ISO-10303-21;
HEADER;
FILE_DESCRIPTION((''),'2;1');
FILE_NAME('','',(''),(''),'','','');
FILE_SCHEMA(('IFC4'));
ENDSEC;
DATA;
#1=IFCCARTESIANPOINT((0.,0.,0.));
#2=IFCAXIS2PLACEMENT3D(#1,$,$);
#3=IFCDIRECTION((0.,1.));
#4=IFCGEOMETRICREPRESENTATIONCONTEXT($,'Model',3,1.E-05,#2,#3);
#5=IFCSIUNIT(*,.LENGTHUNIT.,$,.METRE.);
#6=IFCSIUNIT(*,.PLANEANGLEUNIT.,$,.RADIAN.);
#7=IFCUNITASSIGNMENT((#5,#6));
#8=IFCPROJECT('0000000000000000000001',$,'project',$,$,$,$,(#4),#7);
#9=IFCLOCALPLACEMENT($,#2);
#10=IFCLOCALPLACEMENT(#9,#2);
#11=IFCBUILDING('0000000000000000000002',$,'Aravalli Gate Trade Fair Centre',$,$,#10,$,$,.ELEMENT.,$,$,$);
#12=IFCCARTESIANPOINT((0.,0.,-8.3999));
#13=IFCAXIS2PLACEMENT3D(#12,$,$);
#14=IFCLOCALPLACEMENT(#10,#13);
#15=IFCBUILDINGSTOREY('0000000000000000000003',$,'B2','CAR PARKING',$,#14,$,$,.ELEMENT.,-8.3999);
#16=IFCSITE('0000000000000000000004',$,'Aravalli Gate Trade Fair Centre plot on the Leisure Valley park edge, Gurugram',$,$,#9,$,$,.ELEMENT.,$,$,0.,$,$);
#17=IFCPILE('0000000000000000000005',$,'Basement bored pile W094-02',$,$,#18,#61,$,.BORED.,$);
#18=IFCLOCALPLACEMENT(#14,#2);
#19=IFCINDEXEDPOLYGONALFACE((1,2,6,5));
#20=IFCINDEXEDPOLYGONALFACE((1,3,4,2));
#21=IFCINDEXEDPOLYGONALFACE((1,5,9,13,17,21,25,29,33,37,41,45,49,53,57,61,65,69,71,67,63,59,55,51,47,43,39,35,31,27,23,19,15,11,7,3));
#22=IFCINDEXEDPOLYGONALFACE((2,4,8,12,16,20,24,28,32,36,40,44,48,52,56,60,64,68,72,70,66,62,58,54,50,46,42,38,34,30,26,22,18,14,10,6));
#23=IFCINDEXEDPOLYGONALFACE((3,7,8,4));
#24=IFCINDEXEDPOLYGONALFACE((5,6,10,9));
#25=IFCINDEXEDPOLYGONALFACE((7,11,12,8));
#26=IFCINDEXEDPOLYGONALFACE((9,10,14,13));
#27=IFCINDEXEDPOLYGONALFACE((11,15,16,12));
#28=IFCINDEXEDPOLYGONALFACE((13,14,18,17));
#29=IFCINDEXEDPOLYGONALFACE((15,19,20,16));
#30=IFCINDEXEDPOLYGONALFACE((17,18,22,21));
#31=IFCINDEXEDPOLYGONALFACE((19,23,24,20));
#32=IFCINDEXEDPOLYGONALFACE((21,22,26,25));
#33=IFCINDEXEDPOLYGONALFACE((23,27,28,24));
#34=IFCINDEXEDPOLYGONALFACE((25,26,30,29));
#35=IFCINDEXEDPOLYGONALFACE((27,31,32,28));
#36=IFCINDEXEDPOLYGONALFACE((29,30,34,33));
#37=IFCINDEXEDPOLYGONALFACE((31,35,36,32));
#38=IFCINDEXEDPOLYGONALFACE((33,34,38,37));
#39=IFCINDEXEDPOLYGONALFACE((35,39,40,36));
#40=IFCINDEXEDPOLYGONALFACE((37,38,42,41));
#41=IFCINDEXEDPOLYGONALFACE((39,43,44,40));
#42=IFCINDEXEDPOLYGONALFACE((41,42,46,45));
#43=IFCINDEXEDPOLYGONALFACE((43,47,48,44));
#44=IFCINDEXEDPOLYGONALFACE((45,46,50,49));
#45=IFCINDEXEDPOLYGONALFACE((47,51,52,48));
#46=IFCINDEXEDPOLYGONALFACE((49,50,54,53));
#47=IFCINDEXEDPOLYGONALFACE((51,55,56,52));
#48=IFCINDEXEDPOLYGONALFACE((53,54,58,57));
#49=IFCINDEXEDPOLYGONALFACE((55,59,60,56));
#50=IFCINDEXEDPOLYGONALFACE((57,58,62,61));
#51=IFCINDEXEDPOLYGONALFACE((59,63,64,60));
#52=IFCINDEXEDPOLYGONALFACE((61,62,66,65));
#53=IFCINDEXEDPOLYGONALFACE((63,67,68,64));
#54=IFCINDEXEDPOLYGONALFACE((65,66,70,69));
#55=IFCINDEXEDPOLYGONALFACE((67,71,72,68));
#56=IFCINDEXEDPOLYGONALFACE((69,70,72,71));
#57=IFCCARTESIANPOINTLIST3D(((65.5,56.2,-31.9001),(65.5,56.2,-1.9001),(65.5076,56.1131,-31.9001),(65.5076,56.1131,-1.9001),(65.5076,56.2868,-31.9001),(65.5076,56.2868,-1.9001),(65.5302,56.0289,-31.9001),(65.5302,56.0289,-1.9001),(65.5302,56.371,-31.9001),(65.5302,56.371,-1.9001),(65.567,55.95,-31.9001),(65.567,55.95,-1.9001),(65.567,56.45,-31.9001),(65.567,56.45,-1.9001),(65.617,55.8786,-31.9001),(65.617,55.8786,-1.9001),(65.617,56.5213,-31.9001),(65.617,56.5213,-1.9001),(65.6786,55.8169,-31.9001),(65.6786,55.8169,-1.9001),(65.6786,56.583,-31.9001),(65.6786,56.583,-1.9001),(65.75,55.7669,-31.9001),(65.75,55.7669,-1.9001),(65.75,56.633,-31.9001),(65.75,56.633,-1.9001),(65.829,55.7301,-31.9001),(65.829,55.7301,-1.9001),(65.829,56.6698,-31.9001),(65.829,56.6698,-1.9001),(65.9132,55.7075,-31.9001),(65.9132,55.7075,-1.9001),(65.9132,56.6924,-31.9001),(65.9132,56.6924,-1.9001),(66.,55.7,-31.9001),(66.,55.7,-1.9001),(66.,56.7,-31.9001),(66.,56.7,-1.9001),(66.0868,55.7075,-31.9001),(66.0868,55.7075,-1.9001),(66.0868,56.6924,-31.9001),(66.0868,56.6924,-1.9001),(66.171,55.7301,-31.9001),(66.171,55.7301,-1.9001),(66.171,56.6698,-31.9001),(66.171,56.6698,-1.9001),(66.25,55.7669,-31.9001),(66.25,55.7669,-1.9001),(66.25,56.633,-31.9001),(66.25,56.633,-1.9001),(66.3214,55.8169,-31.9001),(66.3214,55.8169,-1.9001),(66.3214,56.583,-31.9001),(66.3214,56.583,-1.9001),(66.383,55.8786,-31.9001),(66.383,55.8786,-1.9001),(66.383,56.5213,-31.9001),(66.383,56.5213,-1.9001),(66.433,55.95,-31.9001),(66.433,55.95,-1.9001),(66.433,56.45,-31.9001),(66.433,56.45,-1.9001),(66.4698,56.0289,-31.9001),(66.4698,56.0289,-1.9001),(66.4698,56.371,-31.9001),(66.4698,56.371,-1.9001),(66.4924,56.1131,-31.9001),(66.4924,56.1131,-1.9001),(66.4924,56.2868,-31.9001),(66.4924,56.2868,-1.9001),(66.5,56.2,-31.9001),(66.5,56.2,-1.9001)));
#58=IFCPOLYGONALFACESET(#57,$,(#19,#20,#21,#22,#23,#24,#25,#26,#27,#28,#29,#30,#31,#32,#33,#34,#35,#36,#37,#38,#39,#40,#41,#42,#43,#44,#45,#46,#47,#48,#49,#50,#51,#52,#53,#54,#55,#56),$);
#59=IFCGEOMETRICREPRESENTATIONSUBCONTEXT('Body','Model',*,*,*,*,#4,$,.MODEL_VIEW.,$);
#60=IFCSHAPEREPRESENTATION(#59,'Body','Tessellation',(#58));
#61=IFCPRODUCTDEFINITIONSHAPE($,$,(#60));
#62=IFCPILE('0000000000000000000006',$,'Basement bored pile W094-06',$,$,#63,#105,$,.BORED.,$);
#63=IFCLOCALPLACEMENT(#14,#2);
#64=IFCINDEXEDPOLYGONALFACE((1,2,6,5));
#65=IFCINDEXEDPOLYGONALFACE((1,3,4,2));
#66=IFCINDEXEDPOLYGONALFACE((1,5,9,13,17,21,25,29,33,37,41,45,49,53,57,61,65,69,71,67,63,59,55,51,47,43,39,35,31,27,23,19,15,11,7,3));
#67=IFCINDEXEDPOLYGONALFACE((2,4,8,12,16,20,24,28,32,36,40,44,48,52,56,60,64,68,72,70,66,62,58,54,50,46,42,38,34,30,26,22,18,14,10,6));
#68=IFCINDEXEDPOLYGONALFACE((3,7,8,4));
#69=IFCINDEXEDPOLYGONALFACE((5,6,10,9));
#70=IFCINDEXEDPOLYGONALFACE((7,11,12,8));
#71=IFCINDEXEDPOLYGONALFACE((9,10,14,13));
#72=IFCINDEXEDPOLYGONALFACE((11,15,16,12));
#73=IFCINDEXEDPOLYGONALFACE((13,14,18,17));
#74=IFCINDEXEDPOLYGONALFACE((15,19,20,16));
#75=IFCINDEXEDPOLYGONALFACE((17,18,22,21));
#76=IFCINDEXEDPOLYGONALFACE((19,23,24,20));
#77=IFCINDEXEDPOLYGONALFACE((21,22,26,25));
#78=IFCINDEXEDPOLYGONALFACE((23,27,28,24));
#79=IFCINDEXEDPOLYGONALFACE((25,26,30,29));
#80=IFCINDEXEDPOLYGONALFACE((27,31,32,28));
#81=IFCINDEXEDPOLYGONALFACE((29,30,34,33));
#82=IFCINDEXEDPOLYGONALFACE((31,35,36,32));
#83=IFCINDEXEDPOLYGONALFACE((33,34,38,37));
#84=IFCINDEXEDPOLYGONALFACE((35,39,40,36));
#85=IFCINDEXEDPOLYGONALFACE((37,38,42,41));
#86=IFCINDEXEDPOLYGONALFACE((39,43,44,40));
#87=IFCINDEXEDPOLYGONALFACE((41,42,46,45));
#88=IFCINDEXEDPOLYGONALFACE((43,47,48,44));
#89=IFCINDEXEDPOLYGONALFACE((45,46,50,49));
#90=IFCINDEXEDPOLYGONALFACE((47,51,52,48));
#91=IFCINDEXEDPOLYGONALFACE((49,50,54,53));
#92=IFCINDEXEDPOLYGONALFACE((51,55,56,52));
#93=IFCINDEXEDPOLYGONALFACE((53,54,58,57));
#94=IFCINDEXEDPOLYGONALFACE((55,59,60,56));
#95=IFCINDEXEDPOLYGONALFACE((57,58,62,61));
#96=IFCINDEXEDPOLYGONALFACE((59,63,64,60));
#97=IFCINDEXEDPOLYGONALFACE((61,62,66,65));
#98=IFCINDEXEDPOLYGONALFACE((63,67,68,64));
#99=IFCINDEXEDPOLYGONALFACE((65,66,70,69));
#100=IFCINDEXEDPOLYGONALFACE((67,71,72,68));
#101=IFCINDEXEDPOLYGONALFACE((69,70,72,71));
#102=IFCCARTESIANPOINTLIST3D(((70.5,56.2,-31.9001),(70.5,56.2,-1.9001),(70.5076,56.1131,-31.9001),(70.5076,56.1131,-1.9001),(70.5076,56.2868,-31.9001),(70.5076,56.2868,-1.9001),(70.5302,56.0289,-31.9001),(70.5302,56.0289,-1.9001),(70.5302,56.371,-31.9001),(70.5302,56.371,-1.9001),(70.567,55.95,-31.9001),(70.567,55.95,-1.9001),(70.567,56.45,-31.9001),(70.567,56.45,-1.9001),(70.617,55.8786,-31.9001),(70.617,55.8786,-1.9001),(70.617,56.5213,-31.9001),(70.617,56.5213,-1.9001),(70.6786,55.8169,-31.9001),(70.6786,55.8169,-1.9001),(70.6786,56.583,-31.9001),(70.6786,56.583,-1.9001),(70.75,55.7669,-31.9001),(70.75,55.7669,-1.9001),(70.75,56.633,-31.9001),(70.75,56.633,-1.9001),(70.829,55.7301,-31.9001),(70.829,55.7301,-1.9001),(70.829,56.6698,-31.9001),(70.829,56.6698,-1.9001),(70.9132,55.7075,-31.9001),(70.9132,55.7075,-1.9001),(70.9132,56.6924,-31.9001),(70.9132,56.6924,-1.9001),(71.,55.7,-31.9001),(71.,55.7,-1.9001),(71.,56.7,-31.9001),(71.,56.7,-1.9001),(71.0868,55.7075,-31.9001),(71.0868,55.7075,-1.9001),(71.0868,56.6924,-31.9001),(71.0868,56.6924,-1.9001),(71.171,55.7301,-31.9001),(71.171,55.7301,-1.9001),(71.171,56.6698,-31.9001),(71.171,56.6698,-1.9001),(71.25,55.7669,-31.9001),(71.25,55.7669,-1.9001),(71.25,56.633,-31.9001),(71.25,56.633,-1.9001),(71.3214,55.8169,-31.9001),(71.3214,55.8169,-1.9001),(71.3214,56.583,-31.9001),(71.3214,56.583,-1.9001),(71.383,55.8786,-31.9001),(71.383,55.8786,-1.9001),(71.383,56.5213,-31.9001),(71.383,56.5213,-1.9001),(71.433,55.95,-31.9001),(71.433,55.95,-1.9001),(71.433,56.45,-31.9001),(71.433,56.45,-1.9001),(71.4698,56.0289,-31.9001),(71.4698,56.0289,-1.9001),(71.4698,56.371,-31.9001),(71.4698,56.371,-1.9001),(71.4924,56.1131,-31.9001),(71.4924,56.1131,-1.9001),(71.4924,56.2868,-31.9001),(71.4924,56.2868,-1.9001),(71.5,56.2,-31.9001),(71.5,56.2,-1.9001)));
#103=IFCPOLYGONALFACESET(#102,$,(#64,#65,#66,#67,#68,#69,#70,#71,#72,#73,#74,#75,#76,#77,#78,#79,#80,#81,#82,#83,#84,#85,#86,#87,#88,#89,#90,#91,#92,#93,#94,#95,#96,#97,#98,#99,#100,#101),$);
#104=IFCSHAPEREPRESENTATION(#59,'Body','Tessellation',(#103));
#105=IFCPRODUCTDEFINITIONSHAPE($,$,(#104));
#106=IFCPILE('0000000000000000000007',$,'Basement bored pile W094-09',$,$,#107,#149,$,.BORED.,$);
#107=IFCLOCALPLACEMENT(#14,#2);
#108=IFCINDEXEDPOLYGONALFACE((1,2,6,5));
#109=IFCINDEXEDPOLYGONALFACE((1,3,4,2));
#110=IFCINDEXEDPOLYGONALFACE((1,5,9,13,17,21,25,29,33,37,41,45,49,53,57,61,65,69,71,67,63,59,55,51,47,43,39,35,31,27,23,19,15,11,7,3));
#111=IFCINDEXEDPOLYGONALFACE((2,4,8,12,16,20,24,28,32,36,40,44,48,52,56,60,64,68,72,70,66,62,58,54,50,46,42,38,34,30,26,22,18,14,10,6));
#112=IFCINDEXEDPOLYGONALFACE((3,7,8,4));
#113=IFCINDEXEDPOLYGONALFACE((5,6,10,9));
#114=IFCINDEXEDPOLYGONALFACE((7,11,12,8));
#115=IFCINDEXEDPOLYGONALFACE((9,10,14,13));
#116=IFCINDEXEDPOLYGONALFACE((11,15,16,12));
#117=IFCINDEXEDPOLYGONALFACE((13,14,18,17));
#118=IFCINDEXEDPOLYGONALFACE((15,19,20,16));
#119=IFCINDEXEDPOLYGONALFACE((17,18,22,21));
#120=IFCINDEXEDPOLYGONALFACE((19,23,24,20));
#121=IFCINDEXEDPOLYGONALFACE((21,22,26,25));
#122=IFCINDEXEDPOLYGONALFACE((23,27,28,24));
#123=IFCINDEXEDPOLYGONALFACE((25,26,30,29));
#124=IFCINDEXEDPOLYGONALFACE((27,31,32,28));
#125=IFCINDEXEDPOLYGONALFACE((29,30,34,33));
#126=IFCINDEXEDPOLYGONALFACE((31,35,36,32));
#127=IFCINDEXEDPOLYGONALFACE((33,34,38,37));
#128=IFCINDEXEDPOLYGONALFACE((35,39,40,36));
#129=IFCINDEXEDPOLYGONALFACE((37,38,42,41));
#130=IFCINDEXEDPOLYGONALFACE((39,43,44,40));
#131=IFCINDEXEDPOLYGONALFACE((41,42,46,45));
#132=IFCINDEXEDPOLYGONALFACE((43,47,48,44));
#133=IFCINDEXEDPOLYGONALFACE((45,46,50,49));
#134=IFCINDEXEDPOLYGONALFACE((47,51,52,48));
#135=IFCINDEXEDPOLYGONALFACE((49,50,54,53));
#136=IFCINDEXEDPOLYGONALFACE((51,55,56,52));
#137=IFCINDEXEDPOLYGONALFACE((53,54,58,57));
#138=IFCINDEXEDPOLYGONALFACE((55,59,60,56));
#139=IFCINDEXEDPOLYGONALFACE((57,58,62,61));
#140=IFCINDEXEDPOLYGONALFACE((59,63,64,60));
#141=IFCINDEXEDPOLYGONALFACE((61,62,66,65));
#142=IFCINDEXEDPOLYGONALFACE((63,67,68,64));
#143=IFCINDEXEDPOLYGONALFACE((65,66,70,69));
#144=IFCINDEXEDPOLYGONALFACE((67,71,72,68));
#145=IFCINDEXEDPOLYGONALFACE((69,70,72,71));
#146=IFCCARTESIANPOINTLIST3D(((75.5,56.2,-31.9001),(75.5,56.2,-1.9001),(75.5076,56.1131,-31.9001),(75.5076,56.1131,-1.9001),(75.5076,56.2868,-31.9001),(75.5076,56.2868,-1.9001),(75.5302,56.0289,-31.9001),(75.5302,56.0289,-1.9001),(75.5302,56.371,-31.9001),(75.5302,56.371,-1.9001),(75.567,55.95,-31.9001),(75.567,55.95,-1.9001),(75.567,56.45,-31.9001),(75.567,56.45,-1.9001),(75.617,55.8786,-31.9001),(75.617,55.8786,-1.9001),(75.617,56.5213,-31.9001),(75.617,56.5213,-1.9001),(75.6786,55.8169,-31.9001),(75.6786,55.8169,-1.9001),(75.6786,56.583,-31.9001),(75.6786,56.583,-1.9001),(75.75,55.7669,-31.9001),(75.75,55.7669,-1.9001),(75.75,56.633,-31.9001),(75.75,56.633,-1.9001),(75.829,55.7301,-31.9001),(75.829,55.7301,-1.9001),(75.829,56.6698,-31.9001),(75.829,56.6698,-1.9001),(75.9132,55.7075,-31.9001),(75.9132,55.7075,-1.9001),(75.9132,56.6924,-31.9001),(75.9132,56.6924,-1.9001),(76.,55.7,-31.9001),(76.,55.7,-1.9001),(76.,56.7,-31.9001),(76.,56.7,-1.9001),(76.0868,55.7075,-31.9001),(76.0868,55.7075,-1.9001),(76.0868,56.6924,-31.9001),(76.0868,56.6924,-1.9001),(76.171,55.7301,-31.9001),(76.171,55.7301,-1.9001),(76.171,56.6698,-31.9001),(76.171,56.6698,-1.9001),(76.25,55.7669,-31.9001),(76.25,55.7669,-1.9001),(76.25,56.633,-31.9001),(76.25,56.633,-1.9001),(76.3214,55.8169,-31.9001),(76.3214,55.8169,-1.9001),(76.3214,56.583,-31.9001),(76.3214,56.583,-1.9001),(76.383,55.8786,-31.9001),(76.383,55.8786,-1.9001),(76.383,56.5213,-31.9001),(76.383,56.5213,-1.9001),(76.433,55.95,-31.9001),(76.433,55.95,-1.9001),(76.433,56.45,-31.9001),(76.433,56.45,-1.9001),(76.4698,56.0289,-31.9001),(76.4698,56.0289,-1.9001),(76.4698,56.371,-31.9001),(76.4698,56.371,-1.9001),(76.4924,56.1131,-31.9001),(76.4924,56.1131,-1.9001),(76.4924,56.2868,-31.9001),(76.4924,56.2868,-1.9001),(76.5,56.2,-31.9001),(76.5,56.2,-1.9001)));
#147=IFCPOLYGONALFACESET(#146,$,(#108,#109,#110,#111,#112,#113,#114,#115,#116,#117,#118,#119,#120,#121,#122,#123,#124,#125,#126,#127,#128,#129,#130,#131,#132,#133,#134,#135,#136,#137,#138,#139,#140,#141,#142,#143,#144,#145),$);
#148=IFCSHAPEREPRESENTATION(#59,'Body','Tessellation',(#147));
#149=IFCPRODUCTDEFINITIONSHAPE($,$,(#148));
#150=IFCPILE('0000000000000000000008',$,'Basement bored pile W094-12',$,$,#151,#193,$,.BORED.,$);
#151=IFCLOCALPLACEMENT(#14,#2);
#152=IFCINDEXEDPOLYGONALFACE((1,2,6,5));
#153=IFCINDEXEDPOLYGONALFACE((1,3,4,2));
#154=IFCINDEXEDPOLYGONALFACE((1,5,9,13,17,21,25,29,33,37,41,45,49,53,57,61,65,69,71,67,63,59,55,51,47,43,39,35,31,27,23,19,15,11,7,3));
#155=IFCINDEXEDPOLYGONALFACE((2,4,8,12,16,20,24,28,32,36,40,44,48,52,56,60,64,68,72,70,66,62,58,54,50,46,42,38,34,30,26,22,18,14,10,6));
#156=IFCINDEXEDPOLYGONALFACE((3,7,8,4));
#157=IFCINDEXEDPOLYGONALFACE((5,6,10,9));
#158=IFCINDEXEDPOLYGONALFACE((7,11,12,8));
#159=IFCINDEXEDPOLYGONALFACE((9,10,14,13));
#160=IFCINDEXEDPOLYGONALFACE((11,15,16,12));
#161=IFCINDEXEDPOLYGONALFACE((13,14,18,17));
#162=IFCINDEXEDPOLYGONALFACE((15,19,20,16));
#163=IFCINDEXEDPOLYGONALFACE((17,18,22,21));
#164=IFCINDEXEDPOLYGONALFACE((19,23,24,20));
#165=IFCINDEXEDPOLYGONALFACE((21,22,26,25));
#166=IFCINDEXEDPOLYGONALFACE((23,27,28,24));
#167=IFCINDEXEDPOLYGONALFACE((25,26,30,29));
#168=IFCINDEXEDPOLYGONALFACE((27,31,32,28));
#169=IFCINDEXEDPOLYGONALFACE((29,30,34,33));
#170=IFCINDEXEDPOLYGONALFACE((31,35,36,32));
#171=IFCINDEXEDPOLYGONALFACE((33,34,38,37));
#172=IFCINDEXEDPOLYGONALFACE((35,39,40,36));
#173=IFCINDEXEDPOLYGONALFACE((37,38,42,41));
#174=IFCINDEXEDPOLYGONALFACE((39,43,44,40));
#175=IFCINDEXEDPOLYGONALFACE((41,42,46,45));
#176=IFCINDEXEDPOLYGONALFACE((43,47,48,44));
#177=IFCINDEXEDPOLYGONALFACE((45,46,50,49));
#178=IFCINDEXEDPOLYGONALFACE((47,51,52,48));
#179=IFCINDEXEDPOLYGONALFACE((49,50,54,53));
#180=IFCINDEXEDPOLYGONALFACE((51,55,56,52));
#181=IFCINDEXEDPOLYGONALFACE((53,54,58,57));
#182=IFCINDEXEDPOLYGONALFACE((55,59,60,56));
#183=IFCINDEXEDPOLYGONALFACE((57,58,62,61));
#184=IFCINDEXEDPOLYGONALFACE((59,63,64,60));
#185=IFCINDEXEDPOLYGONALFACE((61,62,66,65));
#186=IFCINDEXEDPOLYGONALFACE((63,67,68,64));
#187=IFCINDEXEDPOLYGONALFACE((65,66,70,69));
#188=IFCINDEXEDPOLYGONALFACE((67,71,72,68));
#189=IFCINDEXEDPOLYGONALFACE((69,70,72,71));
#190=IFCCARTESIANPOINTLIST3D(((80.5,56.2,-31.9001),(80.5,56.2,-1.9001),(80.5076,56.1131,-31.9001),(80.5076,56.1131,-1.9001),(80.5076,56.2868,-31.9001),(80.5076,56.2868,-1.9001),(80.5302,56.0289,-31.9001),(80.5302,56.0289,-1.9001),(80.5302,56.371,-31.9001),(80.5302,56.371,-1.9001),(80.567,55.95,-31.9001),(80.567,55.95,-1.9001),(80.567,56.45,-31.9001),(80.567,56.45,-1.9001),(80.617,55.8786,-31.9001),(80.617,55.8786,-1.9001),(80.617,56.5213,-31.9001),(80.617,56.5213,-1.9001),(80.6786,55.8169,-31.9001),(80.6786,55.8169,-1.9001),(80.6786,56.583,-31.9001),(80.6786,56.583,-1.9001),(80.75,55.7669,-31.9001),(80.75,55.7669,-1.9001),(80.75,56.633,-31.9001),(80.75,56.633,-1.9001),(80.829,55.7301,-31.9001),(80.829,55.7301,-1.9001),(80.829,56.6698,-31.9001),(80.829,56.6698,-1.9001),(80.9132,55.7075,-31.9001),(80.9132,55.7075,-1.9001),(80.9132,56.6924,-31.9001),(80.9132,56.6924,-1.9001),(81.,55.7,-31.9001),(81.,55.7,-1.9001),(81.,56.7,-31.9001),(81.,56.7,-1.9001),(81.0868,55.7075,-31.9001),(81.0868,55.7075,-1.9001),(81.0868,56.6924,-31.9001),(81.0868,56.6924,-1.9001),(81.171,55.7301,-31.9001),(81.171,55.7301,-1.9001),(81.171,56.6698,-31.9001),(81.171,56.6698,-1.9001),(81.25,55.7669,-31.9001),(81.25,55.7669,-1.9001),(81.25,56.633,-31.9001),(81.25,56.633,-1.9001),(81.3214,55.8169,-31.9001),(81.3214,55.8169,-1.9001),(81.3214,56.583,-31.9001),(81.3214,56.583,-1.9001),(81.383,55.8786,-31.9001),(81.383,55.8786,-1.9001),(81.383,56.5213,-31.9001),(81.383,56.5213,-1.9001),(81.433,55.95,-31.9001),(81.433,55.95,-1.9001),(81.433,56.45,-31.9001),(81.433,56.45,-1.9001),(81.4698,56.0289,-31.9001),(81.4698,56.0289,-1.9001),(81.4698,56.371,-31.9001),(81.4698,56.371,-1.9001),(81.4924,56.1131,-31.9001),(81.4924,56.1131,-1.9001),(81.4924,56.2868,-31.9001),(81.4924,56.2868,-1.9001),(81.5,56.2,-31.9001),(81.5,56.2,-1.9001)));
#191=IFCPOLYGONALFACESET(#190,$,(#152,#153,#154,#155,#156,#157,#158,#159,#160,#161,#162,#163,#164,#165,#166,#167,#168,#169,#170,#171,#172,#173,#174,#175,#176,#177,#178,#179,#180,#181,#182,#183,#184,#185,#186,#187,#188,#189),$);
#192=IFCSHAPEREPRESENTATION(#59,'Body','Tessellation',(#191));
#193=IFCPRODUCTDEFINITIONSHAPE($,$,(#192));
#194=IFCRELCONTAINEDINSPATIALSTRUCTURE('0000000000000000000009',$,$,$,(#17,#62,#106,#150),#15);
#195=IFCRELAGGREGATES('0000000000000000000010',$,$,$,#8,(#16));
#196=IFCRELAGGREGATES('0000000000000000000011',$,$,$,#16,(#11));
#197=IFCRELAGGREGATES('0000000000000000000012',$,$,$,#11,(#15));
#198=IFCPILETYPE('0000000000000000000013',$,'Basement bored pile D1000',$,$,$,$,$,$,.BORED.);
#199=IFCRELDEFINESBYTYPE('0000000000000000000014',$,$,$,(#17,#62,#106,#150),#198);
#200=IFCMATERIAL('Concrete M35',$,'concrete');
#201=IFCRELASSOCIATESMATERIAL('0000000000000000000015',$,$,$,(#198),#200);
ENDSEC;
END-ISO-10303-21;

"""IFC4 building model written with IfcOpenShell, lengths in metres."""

from ifc_helpers import new_model, si_unit, direction, frame, origin, origin_2d, place, context, subcontext, project, spatial, circle, extrude, material, material_profile, profile_set, type_object, element, save


model = new_model("IFC4")

# Units and contexts
model_context = context("Model", 3, precision=1e-05, world=origin(), true_north=direction((0.0, 1.0)))
body_context = subcontext(model_context, "Body", "Model", "MODEL_VIEW")
ifc_project = project(units=[si_unit("LENGTHUNIT", "METRE"), si_unit("PLANEANGLEUNIT", "RADIAN")], contexts=[model_context])

# Site, building, storey
site_placement = place(None, origin())
site = spatial("IfcSite", under=ifc_project, at=site_placement, Name="Aravalli Gate Trade Fair Centre plot on the Leisure Valley park edge, Gurugram", CompositionType="ELEMENT", RefElevation=0.0)
building_placement = place(site_placement, origin())
building = spatial("IfcBuilding", under=site, at=building_placement, Name="Aravalli Gate Trade Fair Centre", CompositionType="ELEMENT")
storey_placement = place(building_placement, frame((0.0, 0.0, -8.3999)))
storey = spatial("IfcBuildingStorey", under=building, at=storey_placement, Name="B2", Description="CAR PARKING", CompositionType="ELEMENT", Elevation=-8.3999)

# Piles
ifc_material_1 = material(Name="Concrete M35", Category="concrete")
ifc_material_profile_1 = material_profile(ifc_material_1, circle(Radius=0.5, at=origin_2d()), Name="D1000")
ifc_profile_set_1 = profile_set([ifc_material_profile_1], Name="Concrete M35")
pile_type = type_object("IfcPileType", Name="Basement bored pile D1000", PredefinedType="BORED", material=ifc_profile_set_1)
for number, where, z_axis, x_axis, name in (
    (1, (66.0, 56.2, -1.9001), (0.0, 0.0, -1.0), (1.0, 0.0, 0.0), "Basement bored pile W094-02"),
    (2, (71.0, 56.2, -1.9001), (0.0, 0.0, -1.0), (1.0, 0.0, 0.0), "Basement bored pile W094-06"),
    (3, (76.0, 56.2, -1.9001), (0.0, 0.0, -1.0), (1.0, 0.0, 0.0), "Basement bored pile W094-09"),
    (4, (81.0, 56.2, -1.9001), (0.0, 0.0, -1.0), (1.0, 0.0, 0.0), "Basement bored pile W094-12"),
):
    element("IfcPile", number, at=place(storey_placement, frame(where, z_axis=z_axis, x_axis=x_axis)), inside=storey, type_object=pile_type, Name=name, PredefinedType="BORED", context=body_context, shape_type="SweptSolid", body=[
        extrude(circle(Radius=0.5, at=origin_2d()), origin(), (0.0, 0.0, 1.0), 30.0),
    ])

save(model, "model.ifc")
